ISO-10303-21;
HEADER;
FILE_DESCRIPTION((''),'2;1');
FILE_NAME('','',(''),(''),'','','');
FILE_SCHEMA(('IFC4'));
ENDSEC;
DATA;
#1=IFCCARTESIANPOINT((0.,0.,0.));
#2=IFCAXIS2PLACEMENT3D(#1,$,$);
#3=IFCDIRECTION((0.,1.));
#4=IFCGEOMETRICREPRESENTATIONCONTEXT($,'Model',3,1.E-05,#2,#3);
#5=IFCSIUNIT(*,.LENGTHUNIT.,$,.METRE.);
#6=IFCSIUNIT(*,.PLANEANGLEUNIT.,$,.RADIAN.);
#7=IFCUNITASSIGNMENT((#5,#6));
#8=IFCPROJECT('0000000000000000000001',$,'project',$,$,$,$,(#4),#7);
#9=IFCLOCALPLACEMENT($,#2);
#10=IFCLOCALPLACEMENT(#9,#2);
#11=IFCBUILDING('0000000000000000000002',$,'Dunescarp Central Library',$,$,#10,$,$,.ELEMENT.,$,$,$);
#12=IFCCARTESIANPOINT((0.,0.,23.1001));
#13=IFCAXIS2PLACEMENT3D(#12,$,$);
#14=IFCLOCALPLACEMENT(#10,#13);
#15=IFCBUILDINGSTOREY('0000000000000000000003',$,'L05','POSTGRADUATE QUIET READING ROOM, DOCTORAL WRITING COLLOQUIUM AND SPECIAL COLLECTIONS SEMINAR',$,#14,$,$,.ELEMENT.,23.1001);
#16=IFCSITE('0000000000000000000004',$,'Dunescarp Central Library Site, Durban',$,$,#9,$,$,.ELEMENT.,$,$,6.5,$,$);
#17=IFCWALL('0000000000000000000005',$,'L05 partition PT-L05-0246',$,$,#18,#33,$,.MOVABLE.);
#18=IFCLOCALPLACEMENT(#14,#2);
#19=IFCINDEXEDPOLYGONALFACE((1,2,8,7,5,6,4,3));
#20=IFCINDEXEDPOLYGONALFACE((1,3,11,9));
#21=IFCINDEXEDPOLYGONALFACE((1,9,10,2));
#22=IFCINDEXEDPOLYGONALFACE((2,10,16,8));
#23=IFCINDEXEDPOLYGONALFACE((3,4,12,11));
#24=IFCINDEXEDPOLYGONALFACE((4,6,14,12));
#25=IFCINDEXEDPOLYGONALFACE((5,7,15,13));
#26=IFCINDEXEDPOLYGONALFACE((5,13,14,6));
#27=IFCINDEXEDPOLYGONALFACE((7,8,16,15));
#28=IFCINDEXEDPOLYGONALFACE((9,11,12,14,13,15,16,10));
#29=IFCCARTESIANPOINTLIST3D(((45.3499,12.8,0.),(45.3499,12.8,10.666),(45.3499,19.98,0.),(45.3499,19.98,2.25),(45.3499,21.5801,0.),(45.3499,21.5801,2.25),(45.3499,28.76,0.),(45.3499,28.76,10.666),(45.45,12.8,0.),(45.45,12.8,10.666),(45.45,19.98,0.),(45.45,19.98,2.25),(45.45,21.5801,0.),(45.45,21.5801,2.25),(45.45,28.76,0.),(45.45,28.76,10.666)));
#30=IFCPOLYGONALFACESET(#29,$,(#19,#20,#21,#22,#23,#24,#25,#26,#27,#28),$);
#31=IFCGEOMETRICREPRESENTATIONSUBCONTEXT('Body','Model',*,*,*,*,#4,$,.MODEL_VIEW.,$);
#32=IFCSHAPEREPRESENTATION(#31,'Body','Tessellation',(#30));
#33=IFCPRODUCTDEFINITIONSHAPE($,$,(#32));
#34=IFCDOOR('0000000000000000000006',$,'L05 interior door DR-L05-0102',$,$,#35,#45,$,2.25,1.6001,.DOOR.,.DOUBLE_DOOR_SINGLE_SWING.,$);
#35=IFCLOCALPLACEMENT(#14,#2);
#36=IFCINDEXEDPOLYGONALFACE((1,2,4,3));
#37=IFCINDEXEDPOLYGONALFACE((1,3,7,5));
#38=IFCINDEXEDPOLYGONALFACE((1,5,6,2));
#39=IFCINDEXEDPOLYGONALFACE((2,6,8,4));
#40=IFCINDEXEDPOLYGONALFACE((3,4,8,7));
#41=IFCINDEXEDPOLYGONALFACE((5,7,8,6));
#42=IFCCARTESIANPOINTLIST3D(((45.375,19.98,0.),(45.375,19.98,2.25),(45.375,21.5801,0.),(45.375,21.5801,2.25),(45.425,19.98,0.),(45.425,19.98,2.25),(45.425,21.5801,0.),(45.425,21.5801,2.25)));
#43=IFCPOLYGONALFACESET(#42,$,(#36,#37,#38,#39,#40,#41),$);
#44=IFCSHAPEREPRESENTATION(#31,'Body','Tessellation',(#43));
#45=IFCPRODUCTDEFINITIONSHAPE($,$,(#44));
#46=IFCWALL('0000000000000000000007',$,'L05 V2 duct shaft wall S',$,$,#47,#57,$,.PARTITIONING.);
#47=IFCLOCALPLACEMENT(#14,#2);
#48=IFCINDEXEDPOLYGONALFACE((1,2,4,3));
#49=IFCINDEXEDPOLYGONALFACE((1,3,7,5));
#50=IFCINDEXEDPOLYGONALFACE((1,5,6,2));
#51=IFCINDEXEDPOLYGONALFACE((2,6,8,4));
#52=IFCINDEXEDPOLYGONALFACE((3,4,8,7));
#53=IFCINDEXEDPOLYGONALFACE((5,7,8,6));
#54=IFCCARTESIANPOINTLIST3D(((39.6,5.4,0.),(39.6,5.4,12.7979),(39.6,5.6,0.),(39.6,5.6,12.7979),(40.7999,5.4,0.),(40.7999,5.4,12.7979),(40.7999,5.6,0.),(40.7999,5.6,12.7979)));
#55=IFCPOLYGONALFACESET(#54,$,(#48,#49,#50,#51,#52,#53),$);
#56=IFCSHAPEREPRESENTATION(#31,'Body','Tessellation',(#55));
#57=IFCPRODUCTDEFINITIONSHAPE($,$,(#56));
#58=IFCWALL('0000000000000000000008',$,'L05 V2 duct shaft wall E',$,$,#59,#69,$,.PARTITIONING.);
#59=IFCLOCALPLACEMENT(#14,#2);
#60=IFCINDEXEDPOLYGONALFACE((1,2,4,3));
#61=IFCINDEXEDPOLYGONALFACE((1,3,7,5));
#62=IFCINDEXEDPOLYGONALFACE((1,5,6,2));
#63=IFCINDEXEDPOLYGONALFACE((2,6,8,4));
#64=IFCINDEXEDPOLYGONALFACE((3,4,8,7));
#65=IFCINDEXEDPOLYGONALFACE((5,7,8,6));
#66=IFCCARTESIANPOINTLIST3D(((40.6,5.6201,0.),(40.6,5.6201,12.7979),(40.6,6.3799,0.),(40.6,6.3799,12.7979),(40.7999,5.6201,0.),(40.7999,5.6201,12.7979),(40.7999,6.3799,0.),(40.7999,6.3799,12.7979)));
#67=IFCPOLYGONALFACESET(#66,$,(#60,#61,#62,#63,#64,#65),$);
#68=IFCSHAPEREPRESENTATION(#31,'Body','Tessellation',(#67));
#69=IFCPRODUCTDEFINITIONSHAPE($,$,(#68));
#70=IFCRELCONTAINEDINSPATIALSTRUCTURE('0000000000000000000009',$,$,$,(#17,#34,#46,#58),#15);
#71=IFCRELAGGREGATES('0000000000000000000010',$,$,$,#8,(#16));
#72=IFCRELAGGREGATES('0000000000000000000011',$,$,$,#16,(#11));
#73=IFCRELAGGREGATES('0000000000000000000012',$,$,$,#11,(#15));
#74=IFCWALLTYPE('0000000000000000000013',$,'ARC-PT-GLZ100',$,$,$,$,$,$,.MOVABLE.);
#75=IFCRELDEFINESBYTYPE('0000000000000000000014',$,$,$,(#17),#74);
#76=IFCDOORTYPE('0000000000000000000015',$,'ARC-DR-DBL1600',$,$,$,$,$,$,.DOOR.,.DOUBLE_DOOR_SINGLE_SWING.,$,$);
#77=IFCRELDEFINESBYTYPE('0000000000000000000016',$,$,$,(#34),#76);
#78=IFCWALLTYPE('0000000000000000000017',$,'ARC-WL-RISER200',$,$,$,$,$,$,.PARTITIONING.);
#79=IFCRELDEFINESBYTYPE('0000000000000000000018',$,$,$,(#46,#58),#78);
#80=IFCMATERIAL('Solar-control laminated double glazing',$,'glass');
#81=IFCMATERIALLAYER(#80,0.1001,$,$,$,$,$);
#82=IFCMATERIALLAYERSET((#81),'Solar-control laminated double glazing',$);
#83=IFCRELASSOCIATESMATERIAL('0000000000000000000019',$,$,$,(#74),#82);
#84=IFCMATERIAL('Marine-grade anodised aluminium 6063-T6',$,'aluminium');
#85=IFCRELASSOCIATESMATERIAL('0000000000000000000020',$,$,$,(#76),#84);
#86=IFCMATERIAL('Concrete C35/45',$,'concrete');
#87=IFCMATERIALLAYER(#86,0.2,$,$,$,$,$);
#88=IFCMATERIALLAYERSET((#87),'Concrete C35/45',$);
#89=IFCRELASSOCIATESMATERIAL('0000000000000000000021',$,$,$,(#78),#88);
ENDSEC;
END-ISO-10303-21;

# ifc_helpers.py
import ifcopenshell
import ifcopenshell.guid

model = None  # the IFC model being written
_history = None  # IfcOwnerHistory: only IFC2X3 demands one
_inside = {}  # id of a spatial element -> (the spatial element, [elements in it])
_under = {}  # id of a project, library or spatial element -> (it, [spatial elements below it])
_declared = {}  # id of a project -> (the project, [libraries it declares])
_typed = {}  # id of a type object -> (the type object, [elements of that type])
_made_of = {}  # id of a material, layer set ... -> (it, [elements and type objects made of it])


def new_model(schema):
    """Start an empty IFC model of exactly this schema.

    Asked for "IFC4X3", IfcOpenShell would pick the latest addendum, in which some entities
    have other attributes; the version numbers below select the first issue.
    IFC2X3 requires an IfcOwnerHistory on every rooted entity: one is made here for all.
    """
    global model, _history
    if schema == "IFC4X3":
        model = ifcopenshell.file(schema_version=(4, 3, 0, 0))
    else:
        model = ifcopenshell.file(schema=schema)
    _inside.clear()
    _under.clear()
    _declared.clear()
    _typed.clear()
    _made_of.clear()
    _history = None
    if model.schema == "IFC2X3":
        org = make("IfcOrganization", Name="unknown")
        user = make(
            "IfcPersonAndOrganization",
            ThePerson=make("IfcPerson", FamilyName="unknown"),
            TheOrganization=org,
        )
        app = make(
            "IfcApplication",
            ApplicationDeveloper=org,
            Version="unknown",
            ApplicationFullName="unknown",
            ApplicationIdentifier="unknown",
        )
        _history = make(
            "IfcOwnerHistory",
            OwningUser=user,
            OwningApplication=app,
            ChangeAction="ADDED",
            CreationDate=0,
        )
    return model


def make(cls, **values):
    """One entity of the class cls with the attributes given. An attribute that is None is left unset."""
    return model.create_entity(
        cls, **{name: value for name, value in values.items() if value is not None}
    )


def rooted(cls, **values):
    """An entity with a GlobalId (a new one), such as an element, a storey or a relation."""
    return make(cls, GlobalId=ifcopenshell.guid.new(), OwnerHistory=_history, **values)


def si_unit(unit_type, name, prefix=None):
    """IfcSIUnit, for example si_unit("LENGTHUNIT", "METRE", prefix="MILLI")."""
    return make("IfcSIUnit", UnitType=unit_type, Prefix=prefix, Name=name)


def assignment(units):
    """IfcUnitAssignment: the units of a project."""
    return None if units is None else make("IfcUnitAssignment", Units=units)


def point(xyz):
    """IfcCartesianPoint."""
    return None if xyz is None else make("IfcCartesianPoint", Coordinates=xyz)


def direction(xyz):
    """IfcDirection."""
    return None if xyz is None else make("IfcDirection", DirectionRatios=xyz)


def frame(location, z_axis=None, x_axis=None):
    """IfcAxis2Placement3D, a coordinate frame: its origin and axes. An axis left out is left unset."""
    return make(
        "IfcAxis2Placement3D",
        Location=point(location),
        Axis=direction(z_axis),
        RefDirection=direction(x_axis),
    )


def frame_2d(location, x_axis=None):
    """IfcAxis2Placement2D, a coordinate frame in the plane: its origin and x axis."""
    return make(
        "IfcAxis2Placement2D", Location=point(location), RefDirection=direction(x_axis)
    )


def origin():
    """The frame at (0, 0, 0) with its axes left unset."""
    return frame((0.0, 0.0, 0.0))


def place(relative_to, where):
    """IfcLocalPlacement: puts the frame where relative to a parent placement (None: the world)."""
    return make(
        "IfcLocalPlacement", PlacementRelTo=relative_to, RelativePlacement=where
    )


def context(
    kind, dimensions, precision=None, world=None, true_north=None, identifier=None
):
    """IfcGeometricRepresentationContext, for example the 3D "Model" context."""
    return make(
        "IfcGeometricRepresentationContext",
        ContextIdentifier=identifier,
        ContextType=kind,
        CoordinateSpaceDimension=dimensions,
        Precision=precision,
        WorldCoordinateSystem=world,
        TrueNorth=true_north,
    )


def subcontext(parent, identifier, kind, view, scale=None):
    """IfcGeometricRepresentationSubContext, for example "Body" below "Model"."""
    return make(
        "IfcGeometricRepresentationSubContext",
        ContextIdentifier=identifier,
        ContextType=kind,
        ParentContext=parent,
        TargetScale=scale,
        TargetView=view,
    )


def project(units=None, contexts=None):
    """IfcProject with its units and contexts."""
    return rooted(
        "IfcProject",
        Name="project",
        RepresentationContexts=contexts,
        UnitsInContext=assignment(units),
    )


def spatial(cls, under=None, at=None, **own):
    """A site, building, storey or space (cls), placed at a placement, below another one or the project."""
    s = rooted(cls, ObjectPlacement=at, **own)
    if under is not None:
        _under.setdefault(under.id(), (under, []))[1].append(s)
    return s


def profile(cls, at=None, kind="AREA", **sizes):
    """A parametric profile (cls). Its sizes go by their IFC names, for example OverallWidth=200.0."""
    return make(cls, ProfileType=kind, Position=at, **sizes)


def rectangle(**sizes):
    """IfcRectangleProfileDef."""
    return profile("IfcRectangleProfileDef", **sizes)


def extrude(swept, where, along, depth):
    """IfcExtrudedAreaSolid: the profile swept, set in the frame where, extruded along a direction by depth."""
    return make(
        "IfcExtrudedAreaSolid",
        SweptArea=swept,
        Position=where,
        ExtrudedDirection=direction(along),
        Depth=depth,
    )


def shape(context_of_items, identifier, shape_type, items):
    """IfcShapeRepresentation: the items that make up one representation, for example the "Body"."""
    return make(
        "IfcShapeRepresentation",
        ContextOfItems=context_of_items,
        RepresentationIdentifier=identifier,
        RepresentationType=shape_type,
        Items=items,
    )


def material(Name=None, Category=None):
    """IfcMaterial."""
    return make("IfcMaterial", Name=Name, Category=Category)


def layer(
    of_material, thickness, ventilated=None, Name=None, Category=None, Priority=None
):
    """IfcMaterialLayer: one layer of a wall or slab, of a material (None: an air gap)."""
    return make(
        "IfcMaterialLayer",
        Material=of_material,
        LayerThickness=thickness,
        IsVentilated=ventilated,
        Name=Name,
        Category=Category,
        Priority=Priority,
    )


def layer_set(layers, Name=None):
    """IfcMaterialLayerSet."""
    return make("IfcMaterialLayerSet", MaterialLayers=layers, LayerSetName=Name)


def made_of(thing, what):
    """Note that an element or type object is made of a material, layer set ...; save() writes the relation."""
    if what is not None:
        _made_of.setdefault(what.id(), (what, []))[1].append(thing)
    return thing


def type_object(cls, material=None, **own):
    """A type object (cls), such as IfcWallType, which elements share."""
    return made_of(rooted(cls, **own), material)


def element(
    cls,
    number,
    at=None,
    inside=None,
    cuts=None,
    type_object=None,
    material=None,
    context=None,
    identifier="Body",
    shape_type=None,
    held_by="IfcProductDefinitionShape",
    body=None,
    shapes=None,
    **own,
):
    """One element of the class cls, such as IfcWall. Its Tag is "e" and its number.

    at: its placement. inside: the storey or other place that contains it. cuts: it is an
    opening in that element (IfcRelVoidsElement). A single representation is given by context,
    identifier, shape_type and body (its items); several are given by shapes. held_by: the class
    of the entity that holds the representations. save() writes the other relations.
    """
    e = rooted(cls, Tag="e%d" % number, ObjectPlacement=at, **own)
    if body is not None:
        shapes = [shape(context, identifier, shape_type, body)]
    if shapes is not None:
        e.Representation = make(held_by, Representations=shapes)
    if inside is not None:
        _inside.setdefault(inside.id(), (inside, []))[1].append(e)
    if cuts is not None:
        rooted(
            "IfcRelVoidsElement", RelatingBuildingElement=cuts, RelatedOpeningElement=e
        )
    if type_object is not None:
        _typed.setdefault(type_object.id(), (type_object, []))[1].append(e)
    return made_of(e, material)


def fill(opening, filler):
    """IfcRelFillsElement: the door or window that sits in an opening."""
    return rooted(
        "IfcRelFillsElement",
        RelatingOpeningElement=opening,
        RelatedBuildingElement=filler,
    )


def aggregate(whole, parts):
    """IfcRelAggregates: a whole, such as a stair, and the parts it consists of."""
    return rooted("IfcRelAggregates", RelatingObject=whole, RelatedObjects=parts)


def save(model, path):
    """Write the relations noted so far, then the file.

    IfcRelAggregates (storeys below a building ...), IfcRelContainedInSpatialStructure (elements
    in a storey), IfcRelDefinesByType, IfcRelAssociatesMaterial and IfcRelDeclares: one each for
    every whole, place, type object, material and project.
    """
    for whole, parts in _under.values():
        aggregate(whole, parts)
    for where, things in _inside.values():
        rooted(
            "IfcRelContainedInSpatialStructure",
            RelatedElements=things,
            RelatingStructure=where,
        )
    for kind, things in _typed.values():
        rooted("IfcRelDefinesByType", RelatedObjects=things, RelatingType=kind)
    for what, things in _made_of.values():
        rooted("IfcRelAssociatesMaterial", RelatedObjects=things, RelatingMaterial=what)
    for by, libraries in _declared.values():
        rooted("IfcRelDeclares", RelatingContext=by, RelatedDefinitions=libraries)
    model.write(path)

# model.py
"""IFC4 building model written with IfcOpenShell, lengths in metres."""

from ifc_helpers import new_model, si_unit, direction, frame, frame_2d, origin, place, context, subcontext, project, spatial, rectangle, extrude, material, layer, layer_set, type_object, element, fill, save


model = new_model("IFC4")

# Units and contexts
model_context = context("Model", 3, precision=1e-05, world=origin(), true_north=direction((0.0, 1.0)))
body_context = subcontext(model_context, "Body", "Model", "MODEL_VIEW")
ifc_project = project(units=[si_unit("LENGTHUNIT", "METRE"), si_unit("PLANEANGLEUNIT", "RADIAN")], contexts=[model_context])

# Site, building, storey
site_placement = place(None, origin())
site = spatial("IfcSite", under=ifc_project, at=site_placement, Name="Dunescarp Central Library Site, Durban", CompositionType="ELEMENT", RefElevation=6.5)
building_placement = place(site_placement, origin())
building = spatial("IfcBuilding", under=site, at=building_placement, Name="Dunescarp Central Library", CompositionType="ELEMENT")
storey_placement = place(building_placement, frame((0.0, 0.0, 23.1001)))
storey = spatial("IfcBuildingStorey", under=building, at=storey_placement, Name="L05", Description="POSTGRADUATE QUIET READING ROOM, DOCTORAL WRITING COLLOQUIUM AND SPECIAL COLLECTIONS SEMINAR", CompositionType="ELEMENT", Elevation=23.1001)

# Wall, opening, door
ifc_material_1 = material(Name="Solar-control laminated double glazing", Category="glass")
ifc_layer_1 = layer(ifc_material_1, 0.1001)
ifc_layer_set_1 = layer_set([ifc_layer_1], Name="Solar-control laminated double glazing")
wall_type_1 = type_object("IfcWallType", Name="ARC-PT-GLZ100", PredefinedType="MOVABLE", material=ifc_layer_set_1)
wall_1_placement = place(storey_placement, frame((45.3999, 12.8, 0.0), z_axis=(0.0, 0.0, 1.0), x_axis=(0.0, 1.0, 0.0)))
wall_1 = element("IfcWall", 1, at=wall_1_placement, inside=storey, type_object=wall_type_1, Name="L05 partition PT-L05-0246", PredefinedType="MOVABLE", context=body_context, shape_type="SweptSolid", body=[
    extrude(rectangle(XDim=15.96, YDim=0.1001, at=frame_2d((7.98, 0.0))), origin(), (0.0, 0.0, 1.0), 10.666),
])
opening_1_placement = place(wall_1_placement, frame((7.1799, 0.0, 0.0)))
opening_1 = element("IfcOpeningElement", 2, at=opening_1_placement, cuts=wall_1, PredefinedType="OPENING", context=body_context, shape_type="SweptSolid", body=[
    extrude(rectangle(XDim=1.6001, YDim=2.25, at=frame_2d((0.8, 1.125))), frame((0.0, 0.0601, 0.0), z_axis=(0.0, -1.0, 0.0), x_axis=(1.0, 0.0, 0.0)), (0.0, 0.0, 1.0), 0.1201),
])
ifc_material_2 = material(Name="Marine-grade anodised aluminium 6063-T6", Category="aluminium")
door_type_1 = type_object("IfcDoorType", Name="ARC-DR-DBL1600", OperationType="DOUBLE_DOOR_SINGLE_SWING", PredefinedType="DOOR", material=ifc_material_2)
door_1_placement = place(opening_1_placement, origin())
door_1 = element("IfcDoor", 3, at=door_1_placement, inside=storey, type_object=door_type_1, Name="L05 interior door DR-L05-0102", OperationType="DOUBLE_DOOR_SINGLE_SWING", OverallHeight=2.25, OverallWidth=1.6001, PredefinedType="DOOR", context=body_context, shape_type="SweptSolid", body=[
    extrude(rectangle(XDim=1.6001, YDim=2.25, at=frame_2d((0.8, 1.125))), frame((0.0, 0.0249, 0.0), z_axis=(0.0, -1.0, 0.0), x_axis=(1.0, 0.0, 0.0)), (0.0, 0.0, 1.0), 0.05),
])
fill(opening_1, door_1)

# Walls
ifc_material_3 = material(Name="Concrete C35/45", Category="concrete")
ifc_layer_2 = layer(ifc_material_3, 0.2)
ifc_layer_set_2 = layer_set([ifc_layer_2], Name="Concrete C35/45")
wall_type_2 = type_object("IfcWallType", Name="ARC-WL-RISER200", PredefinedType="PARTITIONING", material=ifc_layer_set_2)
wall_2_placement = place(storey_placement, frame((40.8, 5.5, 0.0), z_axis=(0.0, 0.0, 1.0), x_axis=(-1.0, 0.0, 0.0)))
element("IfcWall", 4, at=wall_2_placement, inside=storey, type_object=wall_type_2, Name="L05 V2 duct shaft wall S", PredefinedType="PARTITIONING", context=body_context, shape_type="SweptSolid", body=[
    extrude(rectangle(XDim=1.2, YDim=0.2, at=frame_2d((0.6001, 0.0))), origin(), (0.0, 0.0, 1.0), 12.7979),
])
wall_3_placement = place(storey_placement, frame((40.7, 6.3799, 0.0), z_axis=(0.0, 0.0, 1.0), x_axis=(0.0, -1.0, 0.0)))
element("IfcWall", 5, at=wall_3_placement, inside=storey, type_object=wall_type_2, Name="L05 V2 duct shaft wall E", PredefinedType="PARTITIONING", context=body_context, shape_type="SweptSolid", body=[
    extrude(rectangle(XDim=0.7598, YDim=0.2, at=frame_2d((0.3799, 0.0))), origin(), (0.0, 0.0, 1.0), 12.7979),
])

save(model, "model.ifc")
